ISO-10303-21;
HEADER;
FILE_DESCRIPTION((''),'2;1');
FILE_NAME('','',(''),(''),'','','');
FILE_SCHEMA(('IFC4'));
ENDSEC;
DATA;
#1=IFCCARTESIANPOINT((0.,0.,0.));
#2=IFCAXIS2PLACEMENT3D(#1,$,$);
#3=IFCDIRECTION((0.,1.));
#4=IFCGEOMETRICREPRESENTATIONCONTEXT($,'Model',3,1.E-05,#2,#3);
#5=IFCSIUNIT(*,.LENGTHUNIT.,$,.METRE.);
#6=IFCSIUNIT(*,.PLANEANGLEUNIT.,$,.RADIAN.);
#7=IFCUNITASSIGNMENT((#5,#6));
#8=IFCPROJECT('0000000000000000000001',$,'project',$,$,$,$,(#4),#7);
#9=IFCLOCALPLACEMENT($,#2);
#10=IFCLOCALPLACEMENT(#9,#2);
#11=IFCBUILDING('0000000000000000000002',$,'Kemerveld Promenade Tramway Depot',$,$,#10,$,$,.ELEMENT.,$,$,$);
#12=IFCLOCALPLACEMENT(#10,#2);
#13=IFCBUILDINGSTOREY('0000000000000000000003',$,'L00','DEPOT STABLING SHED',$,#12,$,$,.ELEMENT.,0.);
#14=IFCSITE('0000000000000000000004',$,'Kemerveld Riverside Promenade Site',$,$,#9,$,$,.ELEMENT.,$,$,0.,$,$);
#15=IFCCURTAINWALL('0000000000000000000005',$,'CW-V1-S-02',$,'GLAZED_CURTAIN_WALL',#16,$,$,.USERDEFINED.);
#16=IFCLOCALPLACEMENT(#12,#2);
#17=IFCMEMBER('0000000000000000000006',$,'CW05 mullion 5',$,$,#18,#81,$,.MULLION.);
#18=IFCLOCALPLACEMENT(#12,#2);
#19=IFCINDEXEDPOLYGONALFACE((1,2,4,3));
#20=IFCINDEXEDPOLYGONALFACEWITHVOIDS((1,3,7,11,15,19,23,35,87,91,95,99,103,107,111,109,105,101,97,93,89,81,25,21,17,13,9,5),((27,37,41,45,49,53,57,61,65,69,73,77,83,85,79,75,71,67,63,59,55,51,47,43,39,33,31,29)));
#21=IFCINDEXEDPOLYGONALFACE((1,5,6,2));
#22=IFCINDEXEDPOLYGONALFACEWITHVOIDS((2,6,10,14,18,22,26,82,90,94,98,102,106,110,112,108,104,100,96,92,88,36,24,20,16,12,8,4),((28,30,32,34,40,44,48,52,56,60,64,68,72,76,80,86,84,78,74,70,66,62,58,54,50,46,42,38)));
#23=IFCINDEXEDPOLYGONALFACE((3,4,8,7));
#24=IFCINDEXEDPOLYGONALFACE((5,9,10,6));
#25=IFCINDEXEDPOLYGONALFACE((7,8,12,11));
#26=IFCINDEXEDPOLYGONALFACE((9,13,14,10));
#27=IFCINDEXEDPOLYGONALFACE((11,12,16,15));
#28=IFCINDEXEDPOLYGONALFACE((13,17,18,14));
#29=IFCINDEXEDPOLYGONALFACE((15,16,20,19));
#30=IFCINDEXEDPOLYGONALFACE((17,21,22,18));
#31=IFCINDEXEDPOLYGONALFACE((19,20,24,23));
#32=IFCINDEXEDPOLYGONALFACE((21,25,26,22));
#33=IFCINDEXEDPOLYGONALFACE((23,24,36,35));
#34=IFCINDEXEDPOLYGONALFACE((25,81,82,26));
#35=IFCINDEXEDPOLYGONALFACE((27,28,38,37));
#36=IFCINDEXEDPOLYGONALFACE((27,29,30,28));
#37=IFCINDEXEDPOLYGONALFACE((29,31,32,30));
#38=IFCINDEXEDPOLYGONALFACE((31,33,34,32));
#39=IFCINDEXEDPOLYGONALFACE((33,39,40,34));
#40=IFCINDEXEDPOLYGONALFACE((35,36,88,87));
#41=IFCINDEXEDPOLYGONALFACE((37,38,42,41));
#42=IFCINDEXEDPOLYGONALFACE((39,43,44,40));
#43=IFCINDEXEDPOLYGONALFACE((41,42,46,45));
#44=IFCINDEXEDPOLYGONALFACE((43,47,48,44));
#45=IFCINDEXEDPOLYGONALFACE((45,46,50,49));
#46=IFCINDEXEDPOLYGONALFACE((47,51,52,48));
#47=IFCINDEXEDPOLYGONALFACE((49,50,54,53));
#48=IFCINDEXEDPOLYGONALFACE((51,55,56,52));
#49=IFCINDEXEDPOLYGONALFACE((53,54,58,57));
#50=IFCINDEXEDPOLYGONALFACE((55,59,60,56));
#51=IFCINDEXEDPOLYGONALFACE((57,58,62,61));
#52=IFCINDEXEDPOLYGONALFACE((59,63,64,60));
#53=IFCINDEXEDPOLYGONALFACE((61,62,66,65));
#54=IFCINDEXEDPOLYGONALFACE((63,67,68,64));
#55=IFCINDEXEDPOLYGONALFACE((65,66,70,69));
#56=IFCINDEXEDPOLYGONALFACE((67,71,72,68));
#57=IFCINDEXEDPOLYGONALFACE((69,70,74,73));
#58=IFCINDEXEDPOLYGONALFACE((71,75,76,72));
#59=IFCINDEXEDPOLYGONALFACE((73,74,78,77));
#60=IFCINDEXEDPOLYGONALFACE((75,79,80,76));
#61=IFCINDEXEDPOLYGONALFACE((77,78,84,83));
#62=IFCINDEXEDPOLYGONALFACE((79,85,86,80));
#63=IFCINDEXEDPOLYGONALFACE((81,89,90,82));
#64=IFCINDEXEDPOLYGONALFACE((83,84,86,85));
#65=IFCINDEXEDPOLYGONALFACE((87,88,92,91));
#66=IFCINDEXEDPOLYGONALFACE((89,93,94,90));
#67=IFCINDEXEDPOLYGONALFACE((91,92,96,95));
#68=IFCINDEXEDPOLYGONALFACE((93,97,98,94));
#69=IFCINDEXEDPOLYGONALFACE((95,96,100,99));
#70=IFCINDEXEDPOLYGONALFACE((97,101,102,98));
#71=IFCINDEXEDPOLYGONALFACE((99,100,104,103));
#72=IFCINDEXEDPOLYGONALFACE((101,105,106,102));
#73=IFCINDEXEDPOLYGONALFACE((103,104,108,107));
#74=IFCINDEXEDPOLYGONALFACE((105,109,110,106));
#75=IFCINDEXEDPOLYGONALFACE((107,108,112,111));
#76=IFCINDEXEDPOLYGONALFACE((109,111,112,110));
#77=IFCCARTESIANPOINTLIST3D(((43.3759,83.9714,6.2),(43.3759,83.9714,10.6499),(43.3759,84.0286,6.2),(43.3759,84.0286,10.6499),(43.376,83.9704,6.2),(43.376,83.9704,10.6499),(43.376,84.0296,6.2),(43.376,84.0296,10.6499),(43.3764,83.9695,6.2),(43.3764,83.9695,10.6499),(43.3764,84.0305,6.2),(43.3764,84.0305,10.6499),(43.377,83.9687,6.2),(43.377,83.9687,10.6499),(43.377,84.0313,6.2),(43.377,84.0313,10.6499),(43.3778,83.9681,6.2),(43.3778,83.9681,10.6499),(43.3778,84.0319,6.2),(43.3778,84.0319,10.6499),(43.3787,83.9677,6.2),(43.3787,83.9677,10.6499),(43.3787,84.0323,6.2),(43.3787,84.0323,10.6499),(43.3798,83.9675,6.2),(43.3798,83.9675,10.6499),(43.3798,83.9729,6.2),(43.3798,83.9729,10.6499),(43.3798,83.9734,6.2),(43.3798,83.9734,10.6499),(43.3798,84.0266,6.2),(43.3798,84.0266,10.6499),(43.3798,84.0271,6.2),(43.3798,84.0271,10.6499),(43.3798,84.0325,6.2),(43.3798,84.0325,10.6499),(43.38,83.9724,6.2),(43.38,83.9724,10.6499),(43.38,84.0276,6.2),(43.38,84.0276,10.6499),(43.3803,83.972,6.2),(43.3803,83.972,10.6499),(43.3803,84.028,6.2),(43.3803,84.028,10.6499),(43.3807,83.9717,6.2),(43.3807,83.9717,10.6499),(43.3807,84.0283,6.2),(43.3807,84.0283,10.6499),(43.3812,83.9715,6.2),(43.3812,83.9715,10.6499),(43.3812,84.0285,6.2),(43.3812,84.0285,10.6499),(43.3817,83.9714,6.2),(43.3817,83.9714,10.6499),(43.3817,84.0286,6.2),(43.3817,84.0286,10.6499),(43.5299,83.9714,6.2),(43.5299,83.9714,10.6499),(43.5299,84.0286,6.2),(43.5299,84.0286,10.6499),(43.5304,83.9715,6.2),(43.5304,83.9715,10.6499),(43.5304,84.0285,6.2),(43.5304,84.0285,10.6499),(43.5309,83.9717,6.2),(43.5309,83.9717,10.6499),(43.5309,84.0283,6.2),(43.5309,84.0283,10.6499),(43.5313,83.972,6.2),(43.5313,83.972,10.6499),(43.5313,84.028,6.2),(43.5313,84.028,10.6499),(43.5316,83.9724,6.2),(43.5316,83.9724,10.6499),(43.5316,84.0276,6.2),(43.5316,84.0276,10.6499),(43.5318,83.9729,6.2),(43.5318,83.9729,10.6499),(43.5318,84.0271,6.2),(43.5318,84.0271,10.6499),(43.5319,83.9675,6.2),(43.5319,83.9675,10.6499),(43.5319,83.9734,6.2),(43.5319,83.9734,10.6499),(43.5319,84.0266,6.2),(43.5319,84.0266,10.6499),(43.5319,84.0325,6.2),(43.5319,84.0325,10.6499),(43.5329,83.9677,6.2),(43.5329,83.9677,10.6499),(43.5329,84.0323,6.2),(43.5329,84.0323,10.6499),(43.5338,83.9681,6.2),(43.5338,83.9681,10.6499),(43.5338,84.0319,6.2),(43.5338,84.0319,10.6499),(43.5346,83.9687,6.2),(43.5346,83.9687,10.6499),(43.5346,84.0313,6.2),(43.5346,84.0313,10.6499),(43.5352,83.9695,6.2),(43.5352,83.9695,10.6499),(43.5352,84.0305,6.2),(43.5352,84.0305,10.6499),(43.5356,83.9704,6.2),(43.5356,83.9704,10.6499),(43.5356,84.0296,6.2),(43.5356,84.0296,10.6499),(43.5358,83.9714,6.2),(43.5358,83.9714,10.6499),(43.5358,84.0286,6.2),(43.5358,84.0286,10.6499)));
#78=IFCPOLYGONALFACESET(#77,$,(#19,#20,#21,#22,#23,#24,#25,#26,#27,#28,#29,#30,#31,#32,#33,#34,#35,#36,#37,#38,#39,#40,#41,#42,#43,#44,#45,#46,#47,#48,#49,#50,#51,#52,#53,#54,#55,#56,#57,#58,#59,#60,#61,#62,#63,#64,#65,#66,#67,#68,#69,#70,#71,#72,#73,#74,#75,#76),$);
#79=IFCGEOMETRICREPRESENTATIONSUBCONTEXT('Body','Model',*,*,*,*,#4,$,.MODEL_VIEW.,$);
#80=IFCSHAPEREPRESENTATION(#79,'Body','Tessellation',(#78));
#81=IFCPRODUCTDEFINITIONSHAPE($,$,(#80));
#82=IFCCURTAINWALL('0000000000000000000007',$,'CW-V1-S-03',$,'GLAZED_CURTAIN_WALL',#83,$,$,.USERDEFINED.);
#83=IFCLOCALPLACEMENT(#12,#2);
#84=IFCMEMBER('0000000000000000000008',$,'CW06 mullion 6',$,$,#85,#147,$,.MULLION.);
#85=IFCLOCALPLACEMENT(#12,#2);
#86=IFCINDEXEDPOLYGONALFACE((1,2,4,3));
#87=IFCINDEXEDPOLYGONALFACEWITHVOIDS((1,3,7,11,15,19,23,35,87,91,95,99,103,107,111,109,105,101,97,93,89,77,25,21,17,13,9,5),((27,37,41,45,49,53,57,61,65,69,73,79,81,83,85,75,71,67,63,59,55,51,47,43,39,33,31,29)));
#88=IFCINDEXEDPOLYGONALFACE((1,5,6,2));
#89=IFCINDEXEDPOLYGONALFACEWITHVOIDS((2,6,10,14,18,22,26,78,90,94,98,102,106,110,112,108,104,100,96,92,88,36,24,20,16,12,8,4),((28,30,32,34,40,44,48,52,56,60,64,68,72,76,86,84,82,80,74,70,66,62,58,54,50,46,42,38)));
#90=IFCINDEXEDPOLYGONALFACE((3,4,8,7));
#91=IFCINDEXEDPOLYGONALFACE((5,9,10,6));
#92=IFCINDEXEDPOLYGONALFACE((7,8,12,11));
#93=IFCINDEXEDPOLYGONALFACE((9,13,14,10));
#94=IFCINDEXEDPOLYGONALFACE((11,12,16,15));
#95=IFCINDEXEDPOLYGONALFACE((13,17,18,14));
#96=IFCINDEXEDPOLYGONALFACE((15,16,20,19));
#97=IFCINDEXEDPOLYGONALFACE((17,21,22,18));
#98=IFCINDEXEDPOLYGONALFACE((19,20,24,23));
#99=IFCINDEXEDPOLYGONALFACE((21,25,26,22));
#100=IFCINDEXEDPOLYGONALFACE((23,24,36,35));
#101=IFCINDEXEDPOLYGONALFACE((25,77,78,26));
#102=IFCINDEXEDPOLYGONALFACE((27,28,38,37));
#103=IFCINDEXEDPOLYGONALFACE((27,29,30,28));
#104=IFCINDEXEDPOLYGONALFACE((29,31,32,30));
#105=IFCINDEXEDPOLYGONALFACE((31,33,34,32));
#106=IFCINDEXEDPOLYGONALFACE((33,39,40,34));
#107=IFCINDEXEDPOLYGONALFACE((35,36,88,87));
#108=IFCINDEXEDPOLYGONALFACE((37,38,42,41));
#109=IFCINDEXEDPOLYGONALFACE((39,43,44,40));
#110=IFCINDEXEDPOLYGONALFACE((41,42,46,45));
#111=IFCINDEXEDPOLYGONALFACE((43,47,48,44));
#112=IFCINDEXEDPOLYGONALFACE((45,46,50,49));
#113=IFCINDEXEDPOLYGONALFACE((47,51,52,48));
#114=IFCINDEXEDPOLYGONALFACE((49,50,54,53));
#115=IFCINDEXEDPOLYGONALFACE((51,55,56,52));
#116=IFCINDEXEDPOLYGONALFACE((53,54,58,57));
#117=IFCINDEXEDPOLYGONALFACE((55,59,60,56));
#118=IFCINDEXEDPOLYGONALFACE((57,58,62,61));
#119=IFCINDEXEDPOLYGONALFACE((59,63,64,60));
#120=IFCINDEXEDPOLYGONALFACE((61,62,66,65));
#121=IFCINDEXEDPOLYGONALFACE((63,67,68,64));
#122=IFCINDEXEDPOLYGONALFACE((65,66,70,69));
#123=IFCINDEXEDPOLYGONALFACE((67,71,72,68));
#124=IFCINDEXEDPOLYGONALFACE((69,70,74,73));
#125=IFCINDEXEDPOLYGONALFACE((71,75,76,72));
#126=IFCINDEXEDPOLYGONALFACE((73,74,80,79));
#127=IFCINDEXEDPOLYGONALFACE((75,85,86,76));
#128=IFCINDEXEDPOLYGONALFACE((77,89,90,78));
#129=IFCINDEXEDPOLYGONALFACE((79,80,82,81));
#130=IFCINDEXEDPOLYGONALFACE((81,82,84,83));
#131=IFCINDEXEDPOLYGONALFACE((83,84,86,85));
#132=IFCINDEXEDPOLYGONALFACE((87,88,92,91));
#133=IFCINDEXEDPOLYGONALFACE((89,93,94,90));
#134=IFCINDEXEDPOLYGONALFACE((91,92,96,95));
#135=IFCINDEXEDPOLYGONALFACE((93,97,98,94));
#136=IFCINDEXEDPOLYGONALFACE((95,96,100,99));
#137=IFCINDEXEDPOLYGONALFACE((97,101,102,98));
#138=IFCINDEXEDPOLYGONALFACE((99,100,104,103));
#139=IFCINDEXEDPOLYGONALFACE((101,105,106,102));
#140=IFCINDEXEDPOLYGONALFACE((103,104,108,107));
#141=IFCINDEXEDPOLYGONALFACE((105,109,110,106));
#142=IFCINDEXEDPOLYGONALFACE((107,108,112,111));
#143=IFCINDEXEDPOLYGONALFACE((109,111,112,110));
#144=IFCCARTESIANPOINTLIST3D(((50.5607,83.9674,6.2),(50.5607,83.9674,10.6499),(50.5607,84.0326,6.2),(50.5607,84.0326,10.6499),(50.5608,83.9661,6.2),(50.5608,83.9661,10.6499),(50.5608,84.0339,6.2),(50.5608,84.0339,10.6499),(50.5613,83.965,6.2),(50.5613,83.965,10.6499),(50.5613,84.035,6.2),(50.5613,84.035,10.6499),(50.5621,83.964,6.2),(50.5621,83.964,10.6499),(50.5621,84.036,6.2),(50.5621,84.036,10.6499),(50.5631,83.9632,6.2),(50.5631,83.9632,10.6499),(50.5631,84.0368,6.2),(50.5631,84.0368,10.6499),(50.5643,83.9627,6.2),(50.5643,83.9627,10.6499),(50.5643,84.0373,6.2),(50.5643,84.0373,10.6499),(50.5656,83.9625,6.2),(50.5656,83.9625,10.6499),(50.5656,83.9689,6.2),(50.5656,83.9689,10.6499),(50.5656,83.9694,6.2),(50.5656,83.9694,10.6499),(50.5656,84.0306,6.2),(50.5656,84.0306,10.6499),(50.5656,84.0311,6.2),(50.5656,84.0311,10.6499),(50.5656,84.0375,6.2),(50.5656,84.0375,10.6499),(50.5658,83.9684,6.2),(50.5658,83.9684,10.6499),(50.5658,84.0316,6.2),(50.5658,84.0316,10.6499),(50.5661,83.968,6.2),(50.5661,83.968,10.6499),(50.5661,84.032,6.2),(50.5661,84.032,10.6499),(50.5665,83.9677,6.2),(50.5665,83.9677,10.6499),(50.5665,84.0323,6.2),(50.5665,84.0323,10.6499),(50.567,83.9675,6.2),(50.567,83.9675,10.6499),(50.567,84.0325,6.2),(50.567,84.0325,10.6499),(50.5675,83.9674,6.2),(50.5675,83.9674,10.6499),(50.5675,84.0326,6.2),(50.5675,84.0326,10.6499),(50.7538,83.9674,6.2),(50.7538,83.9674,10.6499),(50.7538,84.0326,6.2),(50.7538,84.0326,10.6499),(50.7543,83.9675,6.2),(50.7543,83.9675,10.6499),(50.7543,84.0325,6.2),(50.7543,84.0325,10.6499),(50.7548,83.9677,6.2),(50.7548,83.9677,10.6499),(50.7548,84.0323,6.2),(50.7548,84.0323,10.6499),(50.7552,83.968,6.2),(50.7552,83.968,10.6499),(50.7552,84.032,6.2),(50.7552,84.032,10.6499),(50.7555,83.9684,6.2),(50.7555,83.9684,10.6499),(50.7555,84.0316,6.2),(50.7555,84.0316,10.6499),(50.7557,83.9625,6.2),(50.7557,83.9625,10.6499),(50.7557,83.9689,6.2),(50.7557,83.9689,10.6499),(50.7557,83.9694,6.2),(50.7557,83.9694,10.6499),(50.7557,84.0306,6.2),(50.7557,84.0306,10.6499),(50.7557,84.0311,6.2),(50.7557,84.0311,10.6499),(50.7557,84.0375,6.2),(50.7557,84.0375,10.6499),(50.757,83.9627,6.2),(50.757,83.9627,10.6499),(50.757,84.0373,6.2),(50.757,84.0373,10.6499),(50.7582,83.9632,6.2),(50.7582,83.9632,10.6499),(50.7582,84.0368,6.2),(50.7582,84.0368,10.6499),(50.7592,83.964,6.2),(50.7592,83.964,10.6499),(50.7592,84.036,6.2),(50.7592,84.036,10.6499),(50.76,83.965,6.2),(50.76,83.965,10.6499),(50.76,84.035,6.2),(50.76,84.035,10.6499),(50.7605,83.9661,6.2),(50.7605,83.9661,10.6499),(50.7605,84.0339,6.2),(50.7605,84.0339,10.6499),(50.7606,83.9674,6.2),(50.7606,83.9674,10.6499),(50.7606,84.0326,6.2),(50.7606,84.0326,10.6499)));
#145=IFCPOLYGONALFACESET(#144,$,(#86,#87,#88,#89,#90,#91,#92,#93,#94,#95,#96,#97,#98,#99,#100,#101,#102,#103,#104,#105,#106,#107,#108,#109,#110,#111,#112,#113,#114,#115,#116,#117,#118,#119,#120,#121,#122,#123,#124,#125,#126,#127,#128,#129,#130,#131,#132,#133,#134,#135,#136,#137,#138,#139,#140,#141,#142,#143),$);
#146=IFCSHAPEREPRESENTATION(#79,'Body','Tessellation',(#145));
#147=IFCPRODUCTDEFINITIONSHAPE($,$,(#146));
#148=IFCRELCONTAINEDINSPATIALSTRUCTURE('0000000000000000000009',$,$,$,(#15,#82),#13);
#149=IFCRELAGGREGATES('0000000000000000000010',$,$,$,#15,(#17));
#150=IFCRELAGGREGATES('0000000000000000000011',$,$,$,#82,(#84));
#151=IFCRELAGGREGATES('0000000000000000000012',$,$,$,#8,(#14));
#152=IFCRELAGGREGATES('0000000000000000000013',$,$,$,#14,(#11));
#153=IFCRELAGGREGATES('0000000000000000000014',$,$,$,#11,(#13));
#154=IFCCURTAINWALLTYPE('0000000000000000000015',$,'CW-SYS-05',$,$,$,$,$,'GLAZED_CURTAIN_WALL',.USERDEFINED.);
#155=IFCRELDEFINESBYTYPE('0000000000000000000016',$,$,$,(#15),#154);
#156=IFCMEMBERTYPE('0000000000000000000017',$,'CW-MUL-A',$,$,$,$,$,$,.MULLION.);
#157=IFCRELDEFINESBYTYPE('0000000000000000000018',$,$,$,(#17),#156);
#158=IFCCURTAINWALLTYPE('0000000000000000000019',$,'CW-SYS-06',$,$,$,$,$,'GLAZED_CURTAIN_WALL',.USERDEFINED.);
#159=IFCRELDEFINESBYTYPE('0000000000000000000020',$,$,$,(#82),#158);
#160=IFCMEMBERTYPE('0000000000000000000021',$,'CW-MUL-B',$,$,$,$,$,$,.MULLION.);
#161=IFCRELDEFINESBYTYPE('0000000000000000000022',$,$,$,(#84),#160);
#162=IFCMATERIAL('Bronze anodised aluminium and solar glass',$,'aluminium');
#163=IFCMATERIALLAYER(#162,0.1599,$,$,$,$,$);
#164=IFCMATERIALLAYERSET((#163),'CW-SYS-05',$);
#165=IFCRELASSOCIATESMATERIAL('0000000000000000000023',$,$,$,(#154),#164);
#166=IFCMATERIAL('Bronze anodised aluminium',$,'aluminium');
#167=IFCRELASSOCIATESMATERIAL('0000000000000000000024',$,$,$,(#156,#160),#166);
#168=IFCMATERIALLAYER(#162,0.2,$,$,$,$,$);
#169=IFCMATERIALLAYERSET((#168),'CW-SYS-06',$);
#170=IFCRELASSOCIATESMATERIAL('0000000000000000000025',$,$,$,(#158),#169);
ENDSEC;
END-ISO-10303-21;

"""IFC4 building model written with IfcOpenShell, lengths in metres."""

from ifc_helpers import new_model, si_unit, direction, frame, origin, origin_2d, place, context, subcontext, project, spatial, hollow_rectangle, extrude, material, layer, layer_set, material_profile, profile_set, type_object, element, aggregate, save


model = new_model("IFC4")

# Units and contexts
model_context = context("Model", 3, precision=1e-05, world=origin(), true_north=direction((0.0, 1.0)))
body_context = subcontext(model_context, "Body", "Model", "MODEL_VIEW")
ifc_project = project(units=[si_unit("LENGTHUNIT", "METRE"), si_unit("PLANEANGLEUNIT", "RADIAN")], contexts=[model_context])

# Site, building, storey
site_placement = place(None, origin())
site = spatial("IfcSite", under=ifc_project, at=site_placement, Name="Kemerveld Riverside Promenade Site", CompositionType="ELEMENT", RefElevation=0.0)
building_placement = place(site_placement, origin())
building = spatial("IfcBuilding", under=site, at=building_placement, Name="Kemerveld Promenade Tramway Depot", CompositionType="ELEMENT")
storey_placement = place(building_placement, origin())
storey = spatial("IfcBuildingStorey", under=building, at=storey_placement, Name="L00", Description="DEPOT STABLING SHED", CompositionType="ELEMENT", Elevation=0.0)

# Curtain wall, member
ifc_material_1 = material(Name="Bronze anodised aluminium and solar glass", Category="aluminium")
ifc_layer_1 = layer(ifc_material_1, 0.1599)
ifc_layer_set_1 = layer_set([ifc_layer_1], Name="CW-SYS-05")
curtain_wall_type_1 = type_object("IfcCurtainWallType", Name="CW-SYS-05", ElementType="GLAZED_CURTAIN_WALL", PredefinedType="USERDEFINED", material=ifc_layer_set_1)
curtain_wall_1_placement = place(storey_placement, origin())
curtain_wall_1 = element("IfcCurtainWall", 1, at=curtain_wall_1_placement, inside=storey, type_object=curtain_wall_type_1, Name="CW-V1-S-02", ObjectType="GLAZED_CURTAIN_WALL", PredefinedType="USERDEFINED")
ifc_material_2 = material(Name="Bronze anodised aluminium", Category="aluminium")
ifc_material_profile_1 = material_profile(ifc_material_2, hollow_rectangle(XDim=0.0649, YDim=0.1599, WallThickness=0.0039, InnerFilletRadius=0.002, OuterFilletRadius=0.0039, at=origin_2d()), Name="CW-MUL-160x65")
ifc_profile_set_1 = profile_set([ifc_material_profile_1], Name="Bronze anodised aluminium")
member_type_1 = type_object("IfcMemberType", Name="CW-MUL-A", PredefinedType="MULLION", material=ifc_profile_set_1)
member_1_placement = place(storey_placement, frame((43.4558, 84.0, 6.2), z_axis=(0.0, 0.0, 1.0), x_axis=(0.0, -1.0, 0.0)))
member_1 = element("IfcMember", 2, at=member_1_placement, type_object=member_type_1, Name="CW05 mullion 5", PredefinedType="MULLION", context=body_context, shape_type="SweptSolid", body=[
    extrude(hollow_rectangle(XDim=0.0649, YDim=0.1599, WallThickness=0.0039, InnerFilletRadius=0.002, OuterFilletRadius=0.0039, at=origin_2d()), origin(), (0.0, 0.0, 1.0), 4.45),
])

# Curtain wall, member
ifc_layer_2 = layer(ifc_material_1, 0.2)
ifc_layer_set_2 = layer_set([ifc_layer_2], Name="CW-SYS-06")
curtain_wall_type_2 = type_object("IfcCurtainWallType", Name="CW-SYS-06", ElementType="GLAZED_CURTAIN_WALL", PredefinedType="USERDEFINED", material=ifc_layer_set_2)
curtain_wall_2_placement = place(storey_placement, origin())
curtain_wall_2 = element("IfcCurtainWall", 3, at=curtain_wall_2_placement, inside=storey, type_object=curtain_wall_type_2, Name="CW-V1-S-03", ObjectType="GLAZED_CURTAIN_WALL", PredefinedType="USERDEFINED")
ifc_material_profile_2 = material_profile(ifc_material_2, hollow_rectangle(XDim=0.075, YDim=0.2, WallThickness=0.0049, InnerFilletRadius=0.002, OuterFilletRadius=0.0049, at=origin_2d()), Name="CW-MUL-200x75")
ifc_profile_set_2 = profile_set([ifc_material_profile_2], Name="Bronze anodised aluminium")
member_type_2 = type_object("IfcMemberType", Name="CW-MUL-B", PredefinedType="MULLION", material=ifc_profile_set_2)
member_2_placement = place(storey_placement, frame((50.6606, 84.0, 6.2), z_axis=(0.0, 0.0, 1.0), x_axis=(0.0, -1.0, 0.0)))
member_2 = element("IfcMember", 4, at=member_2_placement, type_object=member_type_2, Name="CW06 mullion 6", PredefinedType="MULLION", context=body_context, shape_type="SweptSolid", body=[
    extrude(hollow_rectangle(XDim=0.075, YDim=0.2, WallThickness=0.0049, InnerFilletRadius=0.002, OuterFilletRadius=0.0049, at=origin_2d()), origin(), (0.0, 0.0, 1.0), 4.45),
])

aggregate(curtain_wall_1, [member_1])
aggregate(curtain_wall_2, [member_2])

save(model, "model.ifc")
